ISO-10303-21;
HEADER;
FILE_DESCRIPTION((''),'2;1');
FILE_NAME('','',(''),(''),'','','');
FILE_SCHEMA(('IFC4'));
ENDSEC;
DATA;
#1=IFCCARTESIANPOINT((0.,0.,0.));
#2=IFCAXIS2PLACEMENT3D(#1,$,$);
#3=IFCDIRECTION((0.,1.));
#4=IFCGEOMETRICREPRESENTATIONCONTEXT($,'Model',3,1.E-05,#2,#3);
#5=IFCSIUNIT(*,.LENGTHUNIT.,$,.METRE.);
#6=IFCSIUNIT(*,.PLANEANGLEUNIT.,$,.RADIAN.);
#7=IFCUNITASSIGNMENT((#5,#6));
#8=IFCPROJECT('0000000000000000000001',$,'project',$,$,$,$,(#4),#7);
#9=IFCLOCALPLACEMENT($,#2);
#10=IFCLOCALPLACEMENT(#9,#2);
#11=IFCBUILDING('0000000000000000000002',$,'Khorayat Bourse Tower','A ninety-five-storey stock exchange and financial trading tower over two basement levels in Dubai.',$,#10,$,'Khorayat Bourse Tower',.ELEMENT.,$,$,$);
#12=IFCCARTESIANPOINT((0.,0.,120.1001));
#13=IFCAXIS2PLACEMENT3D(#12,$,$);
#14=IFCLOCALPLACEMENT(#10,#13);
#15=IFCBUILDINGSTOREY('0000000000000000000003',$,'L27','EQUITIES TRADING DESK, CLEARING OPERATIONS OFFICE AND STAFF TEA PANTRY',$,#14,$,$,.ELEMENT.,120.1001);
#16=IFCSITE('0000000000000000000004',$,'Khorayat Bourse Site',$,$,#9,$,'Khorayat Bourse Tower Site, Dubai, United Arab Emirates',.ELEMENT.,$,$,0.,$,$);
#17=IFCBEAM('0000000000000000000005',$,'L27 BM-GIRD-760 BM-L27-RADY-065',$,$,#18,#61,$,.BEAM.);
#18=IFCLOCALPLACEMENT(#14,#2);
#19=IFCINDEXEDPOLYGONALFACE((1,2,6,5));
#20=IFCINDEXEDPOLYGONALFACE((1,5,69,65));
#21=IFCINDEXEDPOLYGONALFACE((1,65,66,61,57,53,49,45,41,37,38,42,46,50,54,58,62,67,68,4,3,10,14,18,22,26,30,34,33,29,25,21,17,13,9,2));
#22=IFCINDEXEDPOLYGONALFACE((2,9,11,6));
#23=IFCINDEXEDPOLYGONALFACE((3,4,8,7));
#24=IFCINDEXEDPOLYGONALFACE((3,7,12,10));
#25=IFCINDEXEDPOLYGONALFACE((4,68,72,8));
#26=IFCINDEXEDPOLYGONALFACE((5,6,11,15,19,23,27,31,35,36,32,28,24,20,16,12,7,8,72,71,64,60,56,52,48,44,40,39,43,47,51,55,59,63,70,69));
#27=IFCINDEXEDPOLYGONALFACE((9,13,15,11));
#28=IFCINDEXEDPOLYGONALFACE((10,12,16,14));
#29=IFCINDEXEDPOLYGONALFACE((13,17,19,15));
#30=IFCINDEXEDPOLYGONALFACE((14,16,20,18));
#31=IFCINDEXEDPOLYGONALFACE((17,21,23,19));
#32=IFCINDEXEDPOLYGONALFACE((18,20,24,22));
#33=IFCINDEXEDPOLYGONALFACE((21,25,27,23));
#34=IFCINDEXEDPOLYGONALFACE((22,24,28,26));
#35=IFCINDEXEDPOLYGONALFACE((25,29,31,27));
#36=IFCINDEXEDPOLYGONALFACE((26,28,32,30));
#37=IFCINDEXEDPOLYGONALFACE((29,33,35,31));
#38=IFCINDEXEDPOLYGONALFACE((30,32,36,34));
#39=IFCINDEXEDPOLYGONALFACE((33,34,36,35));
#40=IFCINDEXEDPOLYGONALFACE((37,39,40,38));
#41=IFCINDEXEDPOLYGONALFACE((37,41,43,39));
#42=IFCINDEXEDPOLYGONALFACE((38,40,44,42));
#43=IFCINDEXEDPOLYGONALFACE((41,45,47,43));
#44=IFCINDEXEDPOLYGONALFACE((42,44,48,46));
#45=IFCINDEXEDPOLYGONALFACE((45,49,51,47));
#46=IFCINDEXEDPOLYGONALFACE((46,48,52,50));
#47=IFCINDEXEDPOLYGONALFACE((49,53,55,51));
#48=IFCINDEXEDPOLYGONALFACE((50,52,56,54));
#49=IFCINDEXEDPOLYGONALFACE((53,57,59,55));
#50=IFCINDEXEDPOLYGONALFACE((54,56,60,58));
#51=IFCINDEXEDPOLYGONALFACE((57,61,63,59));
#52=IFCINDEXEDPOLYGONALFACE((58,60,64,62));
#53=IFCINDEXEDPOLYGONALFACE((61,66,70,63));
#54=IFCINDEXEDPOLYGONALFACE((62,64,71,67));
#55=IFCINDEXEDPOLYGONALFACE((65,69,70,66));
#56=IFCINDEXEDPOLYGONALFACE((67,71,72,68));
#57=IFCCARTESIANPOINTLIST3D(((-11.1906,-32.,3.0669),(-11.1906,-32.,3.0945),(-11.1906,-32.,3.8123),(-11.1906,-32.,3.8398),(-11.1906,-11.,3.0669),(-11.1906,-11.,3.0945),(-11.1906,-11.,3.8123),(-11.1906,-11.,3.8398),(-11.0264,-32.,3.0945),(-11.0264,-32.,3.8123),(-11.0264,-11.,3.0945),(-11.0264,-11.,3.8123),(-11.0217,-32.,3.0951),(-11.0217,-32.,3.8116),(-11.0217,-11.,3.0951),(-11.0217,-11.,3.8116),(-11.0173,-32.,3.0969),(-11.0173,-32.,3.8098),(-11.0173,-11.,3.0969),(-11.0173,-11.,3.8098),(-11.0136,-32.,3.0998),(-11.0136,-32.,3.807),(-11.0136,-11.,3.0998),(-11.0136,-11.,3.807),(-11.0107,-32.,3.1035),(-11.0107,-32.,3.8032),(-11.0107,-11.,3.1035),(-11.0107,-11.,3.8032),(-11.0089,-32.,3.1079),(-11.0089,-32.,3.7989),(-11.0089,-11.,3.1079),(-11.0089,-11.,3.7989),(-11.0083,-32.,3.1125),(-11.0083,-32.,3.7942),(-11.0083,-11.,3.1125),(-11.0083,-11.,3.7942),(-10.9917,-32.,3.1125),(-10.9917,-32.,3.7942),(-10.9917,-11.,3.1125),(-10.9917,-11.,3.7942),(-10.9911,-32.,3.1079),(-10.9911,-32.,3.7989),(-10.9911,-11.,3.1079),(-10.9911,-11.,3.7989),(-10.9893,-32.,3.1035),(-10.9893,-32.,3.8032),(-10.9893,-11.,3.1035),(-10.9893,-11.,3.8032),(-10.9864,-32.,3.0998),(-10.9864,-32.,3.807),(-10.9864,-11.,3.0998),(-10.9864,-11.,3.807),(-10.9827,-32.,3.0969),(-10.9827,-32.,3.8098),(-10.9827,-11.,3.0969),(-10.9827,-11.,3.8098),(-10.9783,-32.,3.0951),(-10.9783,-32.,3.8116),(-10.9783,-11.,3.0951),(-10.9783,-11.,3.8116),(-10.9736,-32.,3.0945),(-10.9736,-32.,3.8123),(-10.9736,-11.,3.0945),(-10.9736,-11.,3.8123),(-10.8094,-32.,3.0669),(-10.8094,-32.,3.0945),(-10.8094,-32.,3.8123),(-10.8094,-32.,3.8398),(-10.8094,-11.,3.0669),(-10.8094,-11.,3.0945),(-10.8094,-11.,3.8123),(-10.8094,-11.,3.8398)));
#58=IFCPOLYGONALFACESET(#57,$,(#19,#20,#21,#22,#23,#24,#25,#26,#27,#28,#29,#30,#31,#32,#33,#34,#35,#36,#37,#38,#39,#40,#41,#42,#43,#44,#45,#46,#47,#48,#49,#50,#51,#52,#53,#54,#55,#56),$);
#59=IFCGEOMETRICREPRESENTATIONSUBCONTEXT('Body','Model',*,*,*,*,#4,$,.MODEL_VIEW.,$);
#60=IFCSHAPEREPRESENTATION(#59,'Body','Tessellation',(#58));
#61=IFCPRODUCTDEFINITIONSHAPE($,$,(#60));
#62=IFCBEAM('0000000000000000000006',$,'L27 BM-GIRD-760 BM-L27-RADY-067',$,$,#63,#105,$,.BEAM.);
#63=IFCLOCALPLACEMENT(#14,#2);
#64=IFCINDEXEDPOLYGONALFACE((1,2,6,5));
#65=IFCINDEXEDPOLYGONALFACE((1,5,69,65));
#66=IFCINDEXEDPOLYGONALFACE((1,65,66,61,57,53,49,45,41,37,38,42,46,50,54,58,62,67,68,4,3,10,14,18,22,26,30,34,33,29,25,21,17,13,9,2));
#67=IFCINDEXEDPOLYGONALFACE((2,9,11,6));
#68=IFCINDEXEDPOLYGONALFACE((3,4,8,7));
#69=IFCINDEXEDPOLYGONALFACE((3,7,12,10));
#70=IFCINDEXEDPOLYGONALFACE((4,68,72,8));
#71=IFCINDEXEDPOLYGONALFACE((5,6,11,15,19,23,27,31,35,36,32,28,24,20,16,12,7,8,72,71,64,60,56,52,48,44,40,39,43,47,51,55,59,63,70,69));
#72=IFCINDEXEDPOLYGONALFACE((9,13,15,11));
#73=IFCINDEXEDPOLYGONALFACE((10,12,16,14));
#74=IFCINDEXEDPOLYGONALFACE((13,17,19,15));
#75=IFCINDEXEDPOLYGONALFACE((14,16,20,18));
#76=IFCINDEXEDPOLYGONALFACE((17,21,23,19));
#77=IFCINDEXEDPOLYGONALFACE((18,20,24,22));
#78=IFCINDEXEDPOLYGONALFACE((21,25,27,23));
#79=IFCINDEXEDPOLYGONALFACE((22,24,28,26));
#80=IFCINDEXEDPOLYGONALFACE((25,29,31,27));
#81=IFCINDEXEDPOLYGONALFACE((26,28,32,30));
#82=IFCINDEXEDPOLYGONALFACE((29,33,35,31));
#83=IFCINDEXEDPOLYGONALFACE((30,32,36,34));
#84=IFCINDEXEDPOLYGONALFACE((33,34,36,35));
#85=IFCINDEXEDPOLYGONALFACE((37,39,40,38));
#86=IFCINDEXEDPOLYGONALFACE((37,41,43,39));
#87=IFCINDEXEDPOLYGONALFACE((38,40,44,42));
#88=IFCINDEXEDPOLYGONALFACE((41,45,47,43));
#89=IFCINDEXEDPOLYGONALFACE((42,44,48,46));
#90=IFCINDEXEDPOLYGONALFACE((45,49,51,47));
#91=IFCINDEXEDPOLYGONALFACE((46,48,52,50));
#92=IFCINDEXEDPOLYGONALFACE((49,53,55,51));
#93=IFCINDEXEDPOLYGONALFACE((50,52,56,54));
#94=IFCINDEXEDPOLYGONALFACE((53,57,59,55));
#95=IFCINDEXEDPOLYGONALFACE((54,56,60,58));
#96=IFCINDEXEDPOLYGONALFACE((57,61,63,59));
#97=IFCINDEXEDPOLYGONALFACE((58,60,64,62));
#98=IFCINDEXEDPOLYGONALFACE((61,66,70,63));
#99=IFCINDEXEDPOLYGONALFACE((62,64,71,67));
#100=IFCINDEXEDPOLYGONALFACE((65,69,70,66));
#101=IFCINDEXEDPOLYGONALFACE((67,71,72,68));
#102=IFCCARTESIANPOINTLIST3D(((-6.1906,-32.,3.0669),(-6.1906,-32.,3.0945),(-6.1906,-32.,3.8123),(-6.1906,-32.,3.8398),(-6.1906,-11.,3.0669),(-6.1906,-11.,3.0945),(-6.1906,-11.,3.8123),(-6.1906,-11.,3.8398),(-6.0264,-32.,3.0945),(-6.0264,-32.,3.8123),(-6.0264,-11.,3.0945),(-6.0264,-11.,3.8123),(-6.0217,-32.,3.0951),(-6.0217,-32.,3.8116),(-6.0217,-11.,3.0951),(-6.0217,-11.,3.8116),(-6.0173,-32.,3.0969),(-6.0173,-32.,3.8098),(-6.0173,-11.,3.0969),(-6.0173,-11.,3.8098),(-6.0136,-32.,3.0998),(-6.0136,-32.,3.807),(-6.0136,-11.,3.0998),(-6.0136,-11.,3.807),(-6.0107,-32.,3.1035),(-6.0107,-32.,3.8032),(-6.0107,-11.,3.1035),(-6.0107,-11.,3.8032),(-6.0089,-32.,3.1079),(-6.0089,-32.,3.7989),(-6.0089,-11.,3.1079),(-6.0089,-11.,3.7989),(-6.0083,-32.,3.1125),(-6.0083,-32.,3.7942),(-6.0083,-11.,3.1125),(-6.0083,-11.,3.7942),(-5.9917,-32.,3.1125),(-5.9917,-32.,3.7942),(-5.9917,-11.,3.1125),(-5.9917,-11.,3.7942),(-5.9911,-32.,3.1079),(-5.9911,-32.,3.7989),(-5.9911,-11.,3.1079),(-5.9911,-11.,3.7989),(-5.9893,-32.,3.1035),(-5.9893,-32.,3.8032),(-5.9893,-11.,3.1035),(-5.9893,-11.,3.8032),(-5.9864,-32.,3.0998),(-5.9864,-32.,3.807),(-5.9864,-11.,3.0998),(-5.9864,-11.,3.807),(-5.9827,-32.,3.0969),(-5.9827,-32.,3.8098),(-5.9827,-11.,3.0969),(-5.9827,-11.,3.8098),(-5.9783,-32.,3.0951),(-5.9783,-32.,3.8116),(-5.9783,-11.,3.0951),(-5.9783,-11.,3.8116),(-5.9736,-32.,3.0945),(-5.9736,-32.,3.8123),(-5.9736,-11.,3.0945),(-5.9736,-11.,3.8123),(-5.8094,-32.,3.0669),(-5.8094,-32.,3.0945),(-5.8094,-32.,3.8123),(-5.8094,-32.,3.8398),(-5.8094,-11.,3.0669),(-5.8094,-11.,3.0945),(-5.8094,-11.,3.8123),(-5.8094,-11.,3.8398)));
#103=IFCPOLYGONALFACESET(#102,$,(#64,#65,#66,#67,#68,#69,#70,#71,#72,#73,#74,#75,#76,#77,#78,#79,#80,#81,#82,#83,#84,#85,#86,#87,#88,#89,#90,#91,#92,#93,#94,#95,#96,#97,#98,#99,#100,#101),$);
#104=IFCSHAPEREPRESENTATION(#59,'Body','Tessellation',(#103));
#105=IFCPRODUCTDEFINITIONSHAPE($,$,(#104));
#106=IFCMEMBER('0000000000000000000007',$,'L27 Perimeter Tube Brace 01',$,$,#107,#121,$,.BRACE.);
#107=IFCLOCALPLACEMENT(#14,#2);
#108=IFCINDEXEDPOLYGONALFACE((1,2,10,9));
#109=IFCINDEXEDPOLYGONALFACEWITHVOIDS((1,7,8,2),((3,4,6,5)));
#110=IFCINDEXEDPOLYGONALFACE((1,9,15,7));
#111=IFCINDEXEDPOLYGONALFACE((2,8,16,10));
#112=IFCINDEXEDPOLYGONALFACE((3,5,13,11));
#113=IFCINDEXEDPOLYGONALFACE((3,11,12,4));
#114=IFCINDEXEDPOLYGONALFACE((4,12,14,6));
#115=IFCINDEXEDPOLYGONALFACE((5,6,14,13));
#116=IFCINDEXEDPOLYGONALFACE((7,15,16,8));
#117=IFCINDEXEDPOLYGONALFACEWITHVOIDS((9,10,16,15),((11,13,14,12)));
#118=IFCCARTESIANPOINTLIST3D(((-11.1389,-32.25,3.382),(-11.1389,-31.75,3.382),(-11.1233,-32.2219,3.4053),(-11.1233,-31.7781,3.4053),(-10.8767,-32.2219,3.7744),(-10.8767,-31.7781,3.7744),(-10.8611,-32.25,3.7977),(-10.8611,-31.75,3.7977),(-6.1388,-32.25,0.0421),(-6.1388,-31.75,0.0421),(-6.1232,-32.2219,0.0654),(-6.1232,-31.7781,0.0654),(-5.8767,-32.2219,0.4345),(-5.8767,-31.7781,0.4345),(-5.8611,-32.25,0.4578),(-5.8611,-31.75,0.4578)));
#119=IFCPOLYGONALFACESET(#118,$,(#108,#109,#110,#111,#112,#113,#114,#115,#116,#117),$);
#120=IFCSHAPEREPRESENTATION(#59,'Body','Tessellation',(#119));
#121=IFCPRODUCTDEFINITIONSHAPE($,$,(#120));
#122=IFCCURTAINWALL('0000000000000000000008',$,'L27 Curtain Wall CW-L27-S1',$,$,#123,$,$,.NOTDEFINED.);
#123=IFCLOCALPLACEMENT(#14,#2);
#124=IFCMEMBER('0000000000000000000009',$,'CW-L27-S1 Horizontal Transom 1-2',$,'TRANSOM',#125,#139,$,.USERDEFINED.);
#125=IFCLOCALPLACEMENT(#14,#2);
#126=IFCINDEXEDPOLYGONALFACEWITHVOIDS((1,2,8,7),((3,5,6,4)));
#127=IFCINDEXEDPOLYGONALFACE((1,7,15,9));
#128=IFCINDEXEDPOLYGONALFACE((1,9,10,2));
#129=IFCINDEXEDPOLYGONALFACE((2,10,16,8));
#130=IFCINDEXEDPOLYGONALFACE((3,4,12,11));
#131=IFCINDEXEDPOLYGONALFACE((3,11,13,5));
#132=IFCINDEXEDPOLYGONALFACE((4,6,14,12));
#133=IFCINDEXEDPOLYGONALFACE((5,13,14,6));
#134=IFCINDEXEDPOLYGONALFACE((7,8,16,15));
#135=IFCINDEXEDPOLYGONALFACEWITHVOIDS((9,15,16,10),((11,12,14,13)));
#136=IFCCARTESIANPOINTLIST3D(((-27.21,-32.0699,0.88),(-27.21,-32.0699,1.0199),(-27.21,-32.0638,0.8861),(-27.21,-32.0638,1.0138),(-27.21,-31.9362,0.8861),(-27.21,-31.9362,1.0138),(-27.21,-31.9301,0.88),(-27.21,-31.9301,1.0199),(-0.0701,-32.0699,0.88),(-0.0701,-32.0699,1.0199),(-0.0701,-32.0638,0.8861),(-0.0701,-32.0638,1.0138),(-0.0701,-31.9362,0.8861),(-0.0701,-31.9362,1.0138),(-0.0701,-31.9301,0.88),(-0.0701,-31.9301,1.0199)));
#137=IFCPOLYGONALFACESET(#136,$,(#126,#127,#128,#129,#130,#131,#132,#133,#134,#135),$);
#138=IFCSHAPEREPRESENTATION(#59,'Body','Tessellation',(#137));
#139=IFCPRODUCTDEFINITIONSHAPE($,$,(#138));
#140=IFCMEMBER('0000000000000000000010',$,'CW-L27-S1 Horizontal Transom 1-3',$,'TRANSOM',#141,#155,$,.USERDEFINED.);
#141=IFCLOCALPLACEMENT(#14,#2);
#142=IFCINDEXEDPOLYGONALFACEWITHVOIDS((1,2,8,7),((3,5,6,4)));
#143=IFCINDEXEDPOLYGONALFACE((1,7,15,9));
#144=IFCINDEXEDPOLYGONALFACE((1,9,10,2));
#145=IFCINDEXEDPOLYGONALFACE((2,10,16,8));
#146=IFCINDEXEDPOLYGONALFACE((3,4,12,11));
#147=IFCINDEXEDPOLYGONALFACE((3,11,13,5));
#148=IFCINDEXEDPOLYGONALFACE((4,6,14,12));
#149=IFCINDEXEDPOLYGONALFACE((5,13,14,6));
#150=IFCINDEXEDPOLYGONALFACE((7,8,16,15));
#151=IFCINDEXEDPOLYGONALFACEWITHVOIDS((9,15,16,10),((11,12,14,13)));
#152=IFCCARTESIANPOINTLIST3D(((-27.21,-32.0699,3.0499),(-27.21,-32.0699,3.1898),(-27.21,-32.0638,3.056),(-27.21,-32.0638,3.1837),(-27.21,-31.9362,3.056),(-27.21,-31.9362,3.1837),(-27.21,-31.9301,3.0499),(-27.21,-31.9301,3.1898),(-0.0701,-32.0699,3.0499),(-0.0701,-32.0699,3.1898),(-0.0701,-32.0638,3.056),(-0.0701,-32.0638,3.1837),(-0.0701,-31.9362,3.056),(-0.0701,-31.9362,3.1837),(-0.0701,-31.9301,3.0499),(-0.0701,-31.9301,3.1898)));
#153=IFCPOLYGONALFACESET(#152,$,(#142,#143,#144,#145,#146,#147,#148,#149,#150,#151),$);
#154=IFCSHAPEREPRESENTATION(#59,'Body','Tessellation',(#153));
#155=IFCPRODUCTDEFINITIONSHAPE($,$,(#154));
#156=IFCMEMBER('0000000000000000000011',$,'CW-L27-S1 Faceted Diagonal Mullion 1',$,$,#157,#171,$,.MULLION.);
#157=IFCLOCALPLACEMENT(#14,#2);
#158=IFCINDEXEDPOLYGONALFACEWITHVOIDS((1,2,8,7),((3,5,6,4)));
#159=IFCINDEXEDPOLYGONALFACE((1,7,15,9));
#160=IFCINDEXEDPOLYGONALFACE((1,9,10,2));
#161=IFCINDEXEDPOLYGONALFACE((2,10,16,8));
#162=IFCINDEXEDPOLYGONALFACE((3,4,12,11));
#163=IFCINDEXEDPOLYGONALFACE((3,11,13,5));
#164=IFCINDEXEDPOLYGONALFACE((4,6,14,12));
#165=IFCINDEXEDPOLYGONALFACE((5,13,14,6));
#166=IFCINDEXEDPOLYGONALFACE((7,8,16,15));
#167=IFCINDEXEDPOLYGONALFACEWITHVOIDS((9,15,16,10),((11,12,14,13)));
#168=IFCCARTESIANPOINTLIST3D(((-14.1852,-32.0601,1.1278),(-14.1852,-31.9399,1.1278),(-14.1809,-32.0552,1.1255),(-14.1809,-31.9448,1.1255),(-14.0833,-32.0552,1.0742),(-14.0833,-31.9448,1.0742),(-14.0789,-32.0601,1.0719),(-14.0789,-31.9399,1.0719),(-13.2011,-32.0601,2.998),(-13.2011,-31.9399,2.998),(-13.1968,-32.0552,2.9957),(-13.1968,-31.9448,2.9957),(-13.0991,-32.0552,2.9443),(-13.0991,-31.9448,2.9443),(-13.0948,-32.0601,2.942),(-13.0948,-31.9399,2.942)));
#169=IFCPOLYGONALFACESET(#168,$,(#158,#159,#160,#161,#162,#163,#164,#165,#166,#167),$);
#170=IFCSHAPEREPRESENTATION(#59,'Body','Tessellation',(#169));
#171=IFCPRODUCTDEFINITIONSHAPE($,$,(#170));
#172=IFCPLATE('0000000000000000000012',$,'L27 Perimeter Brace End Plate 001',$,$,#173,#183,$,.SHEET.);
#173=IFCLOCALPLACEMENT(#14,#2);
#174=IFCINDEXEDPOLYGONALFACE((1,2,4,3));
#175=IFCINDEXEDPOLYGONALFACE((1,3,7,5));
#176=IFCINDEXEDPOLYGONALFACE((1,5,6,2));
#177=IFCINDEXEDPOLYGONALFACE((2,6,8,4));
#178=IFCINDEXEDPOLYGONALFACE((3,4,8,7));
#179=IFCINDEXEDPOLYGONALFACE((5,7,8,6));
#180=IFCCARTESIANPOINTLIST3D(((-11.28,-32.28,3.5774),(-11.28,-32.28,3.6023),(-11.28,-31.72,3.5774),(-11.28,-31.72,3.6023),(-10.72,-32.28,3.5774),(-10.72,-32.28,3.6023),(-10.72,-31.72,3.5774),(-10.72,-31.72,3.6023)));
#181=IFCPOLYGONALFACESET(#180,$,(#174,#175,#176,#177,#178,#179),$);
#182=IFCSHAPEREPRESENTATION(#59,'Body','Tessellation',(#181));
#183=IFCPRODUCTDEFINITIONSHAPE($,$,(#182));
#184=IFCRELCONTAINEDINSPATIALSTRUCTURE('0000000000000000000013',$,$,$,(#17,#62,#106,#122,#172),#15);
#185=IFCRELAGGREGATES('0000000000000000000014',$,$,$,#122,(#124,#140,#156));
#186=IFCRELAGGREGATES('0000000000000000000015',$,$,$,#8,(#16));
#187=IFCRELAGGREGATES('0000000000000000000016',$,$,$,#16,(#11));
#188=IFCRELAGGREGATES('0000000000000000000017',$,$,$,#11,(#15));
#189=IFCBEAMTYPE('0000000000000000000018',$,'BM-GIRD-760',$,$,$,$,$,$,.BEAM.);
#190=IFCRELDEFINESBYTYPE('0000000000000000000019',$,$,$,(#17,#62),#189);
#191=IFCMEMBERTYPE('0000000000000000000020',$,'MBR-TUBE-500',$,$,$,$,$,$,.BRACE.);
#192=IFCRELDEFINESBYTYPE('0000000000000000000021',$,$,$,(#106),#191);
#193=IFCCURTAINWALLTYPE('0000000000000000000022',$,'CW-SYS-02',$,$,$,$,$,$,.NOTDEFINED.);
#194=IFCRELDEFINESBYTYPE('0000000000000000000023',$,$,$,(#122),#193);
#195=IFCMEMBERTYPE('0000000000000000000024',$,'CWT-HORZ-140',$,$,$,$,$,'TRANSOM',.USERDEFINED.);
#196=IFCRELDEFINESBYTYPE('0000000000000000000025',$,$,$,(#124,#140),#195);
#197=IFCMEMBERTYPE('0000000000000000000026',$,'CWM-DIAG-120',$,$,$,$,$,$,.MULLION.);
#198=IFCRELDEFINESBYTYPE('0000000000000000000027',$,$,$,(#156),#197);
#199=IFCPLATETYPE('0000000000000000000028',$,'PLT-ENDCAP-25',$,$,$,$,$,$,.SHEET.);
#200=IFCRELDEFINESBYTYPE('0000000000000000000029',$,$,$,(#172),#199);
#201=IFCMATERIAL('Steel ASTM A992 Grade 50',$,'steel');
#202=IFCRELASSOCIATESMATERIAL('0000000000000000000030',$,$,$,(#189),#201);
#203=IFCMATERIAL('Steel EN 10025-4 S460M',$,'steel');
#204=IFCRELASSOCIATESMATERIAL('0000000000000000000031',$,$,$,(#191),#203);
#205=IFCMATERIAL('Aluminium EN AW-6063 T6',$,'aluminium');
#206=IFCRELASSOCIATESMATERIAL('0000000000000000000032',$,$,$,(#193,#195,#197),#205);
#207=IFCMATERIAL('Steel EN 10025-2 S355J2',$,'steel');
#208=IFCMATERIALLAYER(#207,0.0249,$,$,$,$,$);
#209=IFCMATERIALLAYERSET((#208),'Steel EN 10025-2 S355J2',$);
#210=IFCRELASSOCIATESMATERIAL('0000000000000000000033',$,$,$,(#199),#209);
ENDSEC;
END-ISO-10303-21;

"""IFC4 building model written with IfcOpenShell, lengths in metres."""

from ifc_helpers import new_model, si_unit, direction, frame, origin, origin_2d, place, context, subcontext, project, spatial, rectangle, hollow_rectangle, i_section, extrude, source, transform, mapped, material, layer, layer_set, material_profile, profile_set, type_object, element, aggregate, save


model = new_model("IFC4")

# Units and contexts
model_context = context("Model", 3, precision=1e-05, world=origin(), true_north=direction((0.0, 1.0)))
body_context = subcontext(model_context, "Body", "Model", "MODEL_VIEW")
ifc_project = project(units=[si_unit("LENGTHUNIT", "METRE"), si_unit("PLANEANGLEUNIT", "RADIAN")], contexts=[model_context])

# Site, building, storey
site_placement = place(None, origin())
site = spatial("IfcSite", under=ifc_project, at=site_placement, Name="Khorayat Bourse Site", LongName="Khorayat Bourse Tower Site, Dubai, United Arab Emirates", CompositionType="ELEMENT", RefElevation=0.0)
building_placement = place(site_placement, origin())
building = spatial("IfcBuilding", under=site, at=building_placement, Name="Khorayat Bourse Tower", Description="A ninety-five-storey stock exchange and financial trading tower over two basement levels in Dubai.", LongName="Khorayat Bourse Tower", CompositionType="ELEMENT")
storey_placement = place(building_placement, frame((0.0, 0.0, 120.1001)))
storey = spatial("IfcBuildingStorey", under=building, at=storey_placement, Name="L27", Description="EQUITIES TRADING DESK, CLEARING OPERATIONS OFFICE AND STAFF TEA PANTRY", CompositionType="ELEMENT", Elevation=120.1001)

# Shared definitions
ifc_material_1 = material(Name="Steel EN 10025-4 S460M", Category="steel")

# Beams
ifc_material_2 = material(Name="Steel ASTM A992 Grade 50", Category="steel")
ifc_material_profile_1 = material_profile(ifc_material_2, i_section(OverallWidth=0.3811, OverallDepth=0.7729, WebThickness=0.0166, FlangeThickness=0.0276, FilletRadius=0.0181, at=origin_2d()), Name="W760X257")
ifc_profile_set_1 = profile_set([ifc_material_profile_1], Name="Steel ASTM A992 Grade 50")
beam_type_1 = type_object("IfcBeamType", Name="BM-GIRD-760", PredefinedType="BEAM", material=ifc_profile_set_1)
shared_shape_1 = source(origin(), body_context, "Body", "SweptSolid", [
    extrude(i_section(OverallWidth=0.3811, OverallDepth=0.7729, WebThickness=0.0166, FlangeThickness=0.0276, FilletRadius=0.0181, at=origin_2d()), origin(), (0.0, 0.0, 1.0), 21.0),
])
for number, where, z_axis, x_axis, name in (
    (1, (-11.0, -32.0, 3.4534), (0.0, 1.0, 0.0), (-1.0, 0.0, 0.0), "L27 BM-GIRD-760 BM-L27-RADY-065"),
    (2, (-6.0, -32.0, 3.4534), (0.0, 1.0, 0.0), (-1.0, 0.0, 0.0), "L27 BM-GIRD-760 BM-L27-RADY-067"),
):
    element("IfcBeam", number, at=place(storey_placement, frame(where, z_axis=z_axis, x_axis=x_axis)), inside=storey, type_object=beam_type_1, Name=name, PredefinedType="BEAM", context=body_context, shape_type="MappedRepresentation", body=[
        mapped(shared_shape_1, transform((0.0, 0.0, 0.0), scale=1.0)),
    ])

# Member
ifc_material_profile_2 = material_profile(ifc_material_1, hollow_rectangle(XDim=0.5, YDim=0.5, WallThickness=0.0281, at=origin_2d()), Name="HSS 500x500x28")
ifc_profile_set_2 = profile_set([ifc_material_profile_2], Name="Steel EN 10025-4 S460M")
member_type_1 = type_object("IfcMemberType", Name="MBR-TUBE-500", PredefinedType="BRACE", material=ifc_profile_set_2)
shared_shape_2 = source(origin(), body_context, "Body", "SweptSolid", [
    extrude(hollow_rectangle(XDim=0.5, YDim=0.5, WallThickness=0.0281, at=origin_2d()), origin(), (0.0, 0.0, 1.0), 6.0129),
])
member_1_placement = place(storey_placement, frame((-11.0, -32.0, 3.5898), z_axis=(0.83155, 0.0, -0.55545), x_axis=(0.0, 1.0, 0.0)))
element("IfcMember", 3, at=member_1_placement, inside=storey, type_object=member_type_1, Name="L27 Perimeter Tube Brace 01", PredefinedType="BRACE", context=body_context, shape_type="MappedRepresentation", body=[
    mapped(shared_shape_2, transform((0.0, 0.0, 0.0), scale=1.0)),
])

# Curtain wall, members
ifc_material_3 = material(Name="Aluminium EN AW-6063 T6", Category="aluminium")
curtain_wall_type = type_object("IfcCurtainWallType", Name="CW-SYS-02", PredefinedType="NOTDEFINED", material=ifc_material_3)
curtain_wall_placement = place(storey_placement, origin())
curtain_wall = element("IfcCurtainWall", 4, at=curtain_wall_placement, inside=storey, type_object=curtain_wall_type, Name="L27 Curtain Wall CW-L27-S1", PredefinedType="NOTDEFINED")
ifc_material_profile_3 = material_profile(ifc_material_3, hollow_rectangle(XDim=0.1399, YDim=0.1399, WallThickness=0.0061, at=origin_2d()), Name="ALU 140x140x6")
ifc_profile_set_3 = profile_set([ifc_material_profile_3], Name="Aluminium EN AW-6063 T6")
member_type_2 = type_object("IfcMemberType", Name="CWT-HORZ-140", ElementType="TRANSOM", PredefinedType="USERDEFINED", material=ifc_profile_set_3)
shared_shape_3 = source(origin(), body_context, "Body", "SweptSolid", [
    extrude(hollow_rectangle(XDim=0.1399, YDim=0.1399, WallThickness=0.0061, at=origin_2d()), origin(), (0.0, 0.0, 1.0), 27.1399),
])
member_2_placement = place(storey_placement, frame((-27.21, -32.0, 0.95), z_axis=(1.0, 0.0, 0.0), x_axis=(0.0, 1.0, 0.0)))
member_2 = element("IfcMember", 5, at=member_2_placement, type_object=member_type_2, Name="CW-L27-S1 Horizontal Transom 1-2", ObjectType="TRANSOM", PredefinedType="USERDEFINED", context=body_context, shape_type="MappedRepresentation", body=[
    mapped(shared_shape_3, transform((0.0, 0.0, 0.0), scale=1.0)),
])
member_3_placement = place(storey_placement, frame((-27.21, -32.0, 3.1199), z_axis=(1.0, 0.0, 0.0), x_axis=(0.0, 1.0, 0.0)))
member_3 = element("IfcMember", 6, at=member_3_placement, type_object=member_type_2, Name="CW-L27-S1 Horizontal Transom 1-3", ObjectType="TRANSOM", PredefinedType="USERDEFINED", context=body_context, shape_type="MappedRepresentation", body=[
    mapped(shared_shape_3, transform((0.0, 0.0, 0.0), scale=1.0)),
])
ifc_material_profile_4 = material_profile(ifc_material_3, hollow_rectangle(XDim=0.1201, YDim=0.1201, WallThickness=0.0049, at=origin_2d()), Name="ALU 120x120x5")
ifc_profile_set_4 = profile_set([ifc_material_profile_4], Name="Aluminium EN AW-6063 T6")
member_type_3 = type_object("IfcMemberType", Name="CWM-DIAG-120", PredefinedType="MULLION", material=ifc_profile_set_4)
shared_shape_4 = source(origin(), body_context, "Body", "SweptSolid", [
    extrude(hollow_rectangle(XDim=0.1201, YDim=0.1201, WallThickness=0.0049, at=origin_2d()), origin(), (0.0, 0.0, 1.0), 2.1133),
])
member_4_placement = place(storey_placement, frame((-14.1321, -32.0, 1.0999), z_axis=(0.465694, 0.0, 0.884946), x_axis=(0.0, 1.0, 0.0)))
member_4 = element("IfcMember", 7, at=member_4_placement, type_object=member_type_3, Name="CW-L27-S1 Faceted Diagonal Mullion 1", PredefinedType="MULLION", context=body_context, shape_type="MappedRepresentation", body=[
    mapped(shared_shape_4, transform((0.0, 0.0, 0.0), scale=1.0)),
])

# Plate
ifc_material_4 = material(Name="Steel EN 10025-2 S355J2", Category="steel")
ifc_layer_1 = layer(ifc_material_4, 0.0249)
ifc_layer_set_1 = layer_set([ifc_layer_1], Name="Steel EN 10025-2 S355J2")
plate_type_1 = type_object("IfcPlateType", Name="PLT-ENDCAP-25", PredefinedType="SHEET", material=ifc_layer_set_1)
shared_shape_5 = source(origin(), body_context, "Body", "SweptSolid", [
    extrude(rectangle(XDim=0.5601, YDim=0.5601, at=origin_2d()), origin(), (0.0, 0.0, 1.0), 0.0249),
])
for number, where, z_axis, x_axis, name in (
    (8, (-11.0, -32.0, 3.5774), (0.0, 0.0, 1.0), (1.0, 0.0, 0.0), "L27 Perimeter Brace End Plate 001"),
):
    element("IfcPlate", number, at=place(storey_placement, frame(where, z_axis=z_axis, x_axis=x_axis)), inside=storey, type_object=plate_type_1, Name=name, PredefinedType="SHEET", context=body_context, shape_type="MappedRepresentation", body=[
        mapped(shared_shape_5, transform((0.0, 0.0, 0.0), scale=1.0)),
    ])

aggregate(curtain_wall, [member_2, member_3, member_4])

save(model, "model.ifc")
